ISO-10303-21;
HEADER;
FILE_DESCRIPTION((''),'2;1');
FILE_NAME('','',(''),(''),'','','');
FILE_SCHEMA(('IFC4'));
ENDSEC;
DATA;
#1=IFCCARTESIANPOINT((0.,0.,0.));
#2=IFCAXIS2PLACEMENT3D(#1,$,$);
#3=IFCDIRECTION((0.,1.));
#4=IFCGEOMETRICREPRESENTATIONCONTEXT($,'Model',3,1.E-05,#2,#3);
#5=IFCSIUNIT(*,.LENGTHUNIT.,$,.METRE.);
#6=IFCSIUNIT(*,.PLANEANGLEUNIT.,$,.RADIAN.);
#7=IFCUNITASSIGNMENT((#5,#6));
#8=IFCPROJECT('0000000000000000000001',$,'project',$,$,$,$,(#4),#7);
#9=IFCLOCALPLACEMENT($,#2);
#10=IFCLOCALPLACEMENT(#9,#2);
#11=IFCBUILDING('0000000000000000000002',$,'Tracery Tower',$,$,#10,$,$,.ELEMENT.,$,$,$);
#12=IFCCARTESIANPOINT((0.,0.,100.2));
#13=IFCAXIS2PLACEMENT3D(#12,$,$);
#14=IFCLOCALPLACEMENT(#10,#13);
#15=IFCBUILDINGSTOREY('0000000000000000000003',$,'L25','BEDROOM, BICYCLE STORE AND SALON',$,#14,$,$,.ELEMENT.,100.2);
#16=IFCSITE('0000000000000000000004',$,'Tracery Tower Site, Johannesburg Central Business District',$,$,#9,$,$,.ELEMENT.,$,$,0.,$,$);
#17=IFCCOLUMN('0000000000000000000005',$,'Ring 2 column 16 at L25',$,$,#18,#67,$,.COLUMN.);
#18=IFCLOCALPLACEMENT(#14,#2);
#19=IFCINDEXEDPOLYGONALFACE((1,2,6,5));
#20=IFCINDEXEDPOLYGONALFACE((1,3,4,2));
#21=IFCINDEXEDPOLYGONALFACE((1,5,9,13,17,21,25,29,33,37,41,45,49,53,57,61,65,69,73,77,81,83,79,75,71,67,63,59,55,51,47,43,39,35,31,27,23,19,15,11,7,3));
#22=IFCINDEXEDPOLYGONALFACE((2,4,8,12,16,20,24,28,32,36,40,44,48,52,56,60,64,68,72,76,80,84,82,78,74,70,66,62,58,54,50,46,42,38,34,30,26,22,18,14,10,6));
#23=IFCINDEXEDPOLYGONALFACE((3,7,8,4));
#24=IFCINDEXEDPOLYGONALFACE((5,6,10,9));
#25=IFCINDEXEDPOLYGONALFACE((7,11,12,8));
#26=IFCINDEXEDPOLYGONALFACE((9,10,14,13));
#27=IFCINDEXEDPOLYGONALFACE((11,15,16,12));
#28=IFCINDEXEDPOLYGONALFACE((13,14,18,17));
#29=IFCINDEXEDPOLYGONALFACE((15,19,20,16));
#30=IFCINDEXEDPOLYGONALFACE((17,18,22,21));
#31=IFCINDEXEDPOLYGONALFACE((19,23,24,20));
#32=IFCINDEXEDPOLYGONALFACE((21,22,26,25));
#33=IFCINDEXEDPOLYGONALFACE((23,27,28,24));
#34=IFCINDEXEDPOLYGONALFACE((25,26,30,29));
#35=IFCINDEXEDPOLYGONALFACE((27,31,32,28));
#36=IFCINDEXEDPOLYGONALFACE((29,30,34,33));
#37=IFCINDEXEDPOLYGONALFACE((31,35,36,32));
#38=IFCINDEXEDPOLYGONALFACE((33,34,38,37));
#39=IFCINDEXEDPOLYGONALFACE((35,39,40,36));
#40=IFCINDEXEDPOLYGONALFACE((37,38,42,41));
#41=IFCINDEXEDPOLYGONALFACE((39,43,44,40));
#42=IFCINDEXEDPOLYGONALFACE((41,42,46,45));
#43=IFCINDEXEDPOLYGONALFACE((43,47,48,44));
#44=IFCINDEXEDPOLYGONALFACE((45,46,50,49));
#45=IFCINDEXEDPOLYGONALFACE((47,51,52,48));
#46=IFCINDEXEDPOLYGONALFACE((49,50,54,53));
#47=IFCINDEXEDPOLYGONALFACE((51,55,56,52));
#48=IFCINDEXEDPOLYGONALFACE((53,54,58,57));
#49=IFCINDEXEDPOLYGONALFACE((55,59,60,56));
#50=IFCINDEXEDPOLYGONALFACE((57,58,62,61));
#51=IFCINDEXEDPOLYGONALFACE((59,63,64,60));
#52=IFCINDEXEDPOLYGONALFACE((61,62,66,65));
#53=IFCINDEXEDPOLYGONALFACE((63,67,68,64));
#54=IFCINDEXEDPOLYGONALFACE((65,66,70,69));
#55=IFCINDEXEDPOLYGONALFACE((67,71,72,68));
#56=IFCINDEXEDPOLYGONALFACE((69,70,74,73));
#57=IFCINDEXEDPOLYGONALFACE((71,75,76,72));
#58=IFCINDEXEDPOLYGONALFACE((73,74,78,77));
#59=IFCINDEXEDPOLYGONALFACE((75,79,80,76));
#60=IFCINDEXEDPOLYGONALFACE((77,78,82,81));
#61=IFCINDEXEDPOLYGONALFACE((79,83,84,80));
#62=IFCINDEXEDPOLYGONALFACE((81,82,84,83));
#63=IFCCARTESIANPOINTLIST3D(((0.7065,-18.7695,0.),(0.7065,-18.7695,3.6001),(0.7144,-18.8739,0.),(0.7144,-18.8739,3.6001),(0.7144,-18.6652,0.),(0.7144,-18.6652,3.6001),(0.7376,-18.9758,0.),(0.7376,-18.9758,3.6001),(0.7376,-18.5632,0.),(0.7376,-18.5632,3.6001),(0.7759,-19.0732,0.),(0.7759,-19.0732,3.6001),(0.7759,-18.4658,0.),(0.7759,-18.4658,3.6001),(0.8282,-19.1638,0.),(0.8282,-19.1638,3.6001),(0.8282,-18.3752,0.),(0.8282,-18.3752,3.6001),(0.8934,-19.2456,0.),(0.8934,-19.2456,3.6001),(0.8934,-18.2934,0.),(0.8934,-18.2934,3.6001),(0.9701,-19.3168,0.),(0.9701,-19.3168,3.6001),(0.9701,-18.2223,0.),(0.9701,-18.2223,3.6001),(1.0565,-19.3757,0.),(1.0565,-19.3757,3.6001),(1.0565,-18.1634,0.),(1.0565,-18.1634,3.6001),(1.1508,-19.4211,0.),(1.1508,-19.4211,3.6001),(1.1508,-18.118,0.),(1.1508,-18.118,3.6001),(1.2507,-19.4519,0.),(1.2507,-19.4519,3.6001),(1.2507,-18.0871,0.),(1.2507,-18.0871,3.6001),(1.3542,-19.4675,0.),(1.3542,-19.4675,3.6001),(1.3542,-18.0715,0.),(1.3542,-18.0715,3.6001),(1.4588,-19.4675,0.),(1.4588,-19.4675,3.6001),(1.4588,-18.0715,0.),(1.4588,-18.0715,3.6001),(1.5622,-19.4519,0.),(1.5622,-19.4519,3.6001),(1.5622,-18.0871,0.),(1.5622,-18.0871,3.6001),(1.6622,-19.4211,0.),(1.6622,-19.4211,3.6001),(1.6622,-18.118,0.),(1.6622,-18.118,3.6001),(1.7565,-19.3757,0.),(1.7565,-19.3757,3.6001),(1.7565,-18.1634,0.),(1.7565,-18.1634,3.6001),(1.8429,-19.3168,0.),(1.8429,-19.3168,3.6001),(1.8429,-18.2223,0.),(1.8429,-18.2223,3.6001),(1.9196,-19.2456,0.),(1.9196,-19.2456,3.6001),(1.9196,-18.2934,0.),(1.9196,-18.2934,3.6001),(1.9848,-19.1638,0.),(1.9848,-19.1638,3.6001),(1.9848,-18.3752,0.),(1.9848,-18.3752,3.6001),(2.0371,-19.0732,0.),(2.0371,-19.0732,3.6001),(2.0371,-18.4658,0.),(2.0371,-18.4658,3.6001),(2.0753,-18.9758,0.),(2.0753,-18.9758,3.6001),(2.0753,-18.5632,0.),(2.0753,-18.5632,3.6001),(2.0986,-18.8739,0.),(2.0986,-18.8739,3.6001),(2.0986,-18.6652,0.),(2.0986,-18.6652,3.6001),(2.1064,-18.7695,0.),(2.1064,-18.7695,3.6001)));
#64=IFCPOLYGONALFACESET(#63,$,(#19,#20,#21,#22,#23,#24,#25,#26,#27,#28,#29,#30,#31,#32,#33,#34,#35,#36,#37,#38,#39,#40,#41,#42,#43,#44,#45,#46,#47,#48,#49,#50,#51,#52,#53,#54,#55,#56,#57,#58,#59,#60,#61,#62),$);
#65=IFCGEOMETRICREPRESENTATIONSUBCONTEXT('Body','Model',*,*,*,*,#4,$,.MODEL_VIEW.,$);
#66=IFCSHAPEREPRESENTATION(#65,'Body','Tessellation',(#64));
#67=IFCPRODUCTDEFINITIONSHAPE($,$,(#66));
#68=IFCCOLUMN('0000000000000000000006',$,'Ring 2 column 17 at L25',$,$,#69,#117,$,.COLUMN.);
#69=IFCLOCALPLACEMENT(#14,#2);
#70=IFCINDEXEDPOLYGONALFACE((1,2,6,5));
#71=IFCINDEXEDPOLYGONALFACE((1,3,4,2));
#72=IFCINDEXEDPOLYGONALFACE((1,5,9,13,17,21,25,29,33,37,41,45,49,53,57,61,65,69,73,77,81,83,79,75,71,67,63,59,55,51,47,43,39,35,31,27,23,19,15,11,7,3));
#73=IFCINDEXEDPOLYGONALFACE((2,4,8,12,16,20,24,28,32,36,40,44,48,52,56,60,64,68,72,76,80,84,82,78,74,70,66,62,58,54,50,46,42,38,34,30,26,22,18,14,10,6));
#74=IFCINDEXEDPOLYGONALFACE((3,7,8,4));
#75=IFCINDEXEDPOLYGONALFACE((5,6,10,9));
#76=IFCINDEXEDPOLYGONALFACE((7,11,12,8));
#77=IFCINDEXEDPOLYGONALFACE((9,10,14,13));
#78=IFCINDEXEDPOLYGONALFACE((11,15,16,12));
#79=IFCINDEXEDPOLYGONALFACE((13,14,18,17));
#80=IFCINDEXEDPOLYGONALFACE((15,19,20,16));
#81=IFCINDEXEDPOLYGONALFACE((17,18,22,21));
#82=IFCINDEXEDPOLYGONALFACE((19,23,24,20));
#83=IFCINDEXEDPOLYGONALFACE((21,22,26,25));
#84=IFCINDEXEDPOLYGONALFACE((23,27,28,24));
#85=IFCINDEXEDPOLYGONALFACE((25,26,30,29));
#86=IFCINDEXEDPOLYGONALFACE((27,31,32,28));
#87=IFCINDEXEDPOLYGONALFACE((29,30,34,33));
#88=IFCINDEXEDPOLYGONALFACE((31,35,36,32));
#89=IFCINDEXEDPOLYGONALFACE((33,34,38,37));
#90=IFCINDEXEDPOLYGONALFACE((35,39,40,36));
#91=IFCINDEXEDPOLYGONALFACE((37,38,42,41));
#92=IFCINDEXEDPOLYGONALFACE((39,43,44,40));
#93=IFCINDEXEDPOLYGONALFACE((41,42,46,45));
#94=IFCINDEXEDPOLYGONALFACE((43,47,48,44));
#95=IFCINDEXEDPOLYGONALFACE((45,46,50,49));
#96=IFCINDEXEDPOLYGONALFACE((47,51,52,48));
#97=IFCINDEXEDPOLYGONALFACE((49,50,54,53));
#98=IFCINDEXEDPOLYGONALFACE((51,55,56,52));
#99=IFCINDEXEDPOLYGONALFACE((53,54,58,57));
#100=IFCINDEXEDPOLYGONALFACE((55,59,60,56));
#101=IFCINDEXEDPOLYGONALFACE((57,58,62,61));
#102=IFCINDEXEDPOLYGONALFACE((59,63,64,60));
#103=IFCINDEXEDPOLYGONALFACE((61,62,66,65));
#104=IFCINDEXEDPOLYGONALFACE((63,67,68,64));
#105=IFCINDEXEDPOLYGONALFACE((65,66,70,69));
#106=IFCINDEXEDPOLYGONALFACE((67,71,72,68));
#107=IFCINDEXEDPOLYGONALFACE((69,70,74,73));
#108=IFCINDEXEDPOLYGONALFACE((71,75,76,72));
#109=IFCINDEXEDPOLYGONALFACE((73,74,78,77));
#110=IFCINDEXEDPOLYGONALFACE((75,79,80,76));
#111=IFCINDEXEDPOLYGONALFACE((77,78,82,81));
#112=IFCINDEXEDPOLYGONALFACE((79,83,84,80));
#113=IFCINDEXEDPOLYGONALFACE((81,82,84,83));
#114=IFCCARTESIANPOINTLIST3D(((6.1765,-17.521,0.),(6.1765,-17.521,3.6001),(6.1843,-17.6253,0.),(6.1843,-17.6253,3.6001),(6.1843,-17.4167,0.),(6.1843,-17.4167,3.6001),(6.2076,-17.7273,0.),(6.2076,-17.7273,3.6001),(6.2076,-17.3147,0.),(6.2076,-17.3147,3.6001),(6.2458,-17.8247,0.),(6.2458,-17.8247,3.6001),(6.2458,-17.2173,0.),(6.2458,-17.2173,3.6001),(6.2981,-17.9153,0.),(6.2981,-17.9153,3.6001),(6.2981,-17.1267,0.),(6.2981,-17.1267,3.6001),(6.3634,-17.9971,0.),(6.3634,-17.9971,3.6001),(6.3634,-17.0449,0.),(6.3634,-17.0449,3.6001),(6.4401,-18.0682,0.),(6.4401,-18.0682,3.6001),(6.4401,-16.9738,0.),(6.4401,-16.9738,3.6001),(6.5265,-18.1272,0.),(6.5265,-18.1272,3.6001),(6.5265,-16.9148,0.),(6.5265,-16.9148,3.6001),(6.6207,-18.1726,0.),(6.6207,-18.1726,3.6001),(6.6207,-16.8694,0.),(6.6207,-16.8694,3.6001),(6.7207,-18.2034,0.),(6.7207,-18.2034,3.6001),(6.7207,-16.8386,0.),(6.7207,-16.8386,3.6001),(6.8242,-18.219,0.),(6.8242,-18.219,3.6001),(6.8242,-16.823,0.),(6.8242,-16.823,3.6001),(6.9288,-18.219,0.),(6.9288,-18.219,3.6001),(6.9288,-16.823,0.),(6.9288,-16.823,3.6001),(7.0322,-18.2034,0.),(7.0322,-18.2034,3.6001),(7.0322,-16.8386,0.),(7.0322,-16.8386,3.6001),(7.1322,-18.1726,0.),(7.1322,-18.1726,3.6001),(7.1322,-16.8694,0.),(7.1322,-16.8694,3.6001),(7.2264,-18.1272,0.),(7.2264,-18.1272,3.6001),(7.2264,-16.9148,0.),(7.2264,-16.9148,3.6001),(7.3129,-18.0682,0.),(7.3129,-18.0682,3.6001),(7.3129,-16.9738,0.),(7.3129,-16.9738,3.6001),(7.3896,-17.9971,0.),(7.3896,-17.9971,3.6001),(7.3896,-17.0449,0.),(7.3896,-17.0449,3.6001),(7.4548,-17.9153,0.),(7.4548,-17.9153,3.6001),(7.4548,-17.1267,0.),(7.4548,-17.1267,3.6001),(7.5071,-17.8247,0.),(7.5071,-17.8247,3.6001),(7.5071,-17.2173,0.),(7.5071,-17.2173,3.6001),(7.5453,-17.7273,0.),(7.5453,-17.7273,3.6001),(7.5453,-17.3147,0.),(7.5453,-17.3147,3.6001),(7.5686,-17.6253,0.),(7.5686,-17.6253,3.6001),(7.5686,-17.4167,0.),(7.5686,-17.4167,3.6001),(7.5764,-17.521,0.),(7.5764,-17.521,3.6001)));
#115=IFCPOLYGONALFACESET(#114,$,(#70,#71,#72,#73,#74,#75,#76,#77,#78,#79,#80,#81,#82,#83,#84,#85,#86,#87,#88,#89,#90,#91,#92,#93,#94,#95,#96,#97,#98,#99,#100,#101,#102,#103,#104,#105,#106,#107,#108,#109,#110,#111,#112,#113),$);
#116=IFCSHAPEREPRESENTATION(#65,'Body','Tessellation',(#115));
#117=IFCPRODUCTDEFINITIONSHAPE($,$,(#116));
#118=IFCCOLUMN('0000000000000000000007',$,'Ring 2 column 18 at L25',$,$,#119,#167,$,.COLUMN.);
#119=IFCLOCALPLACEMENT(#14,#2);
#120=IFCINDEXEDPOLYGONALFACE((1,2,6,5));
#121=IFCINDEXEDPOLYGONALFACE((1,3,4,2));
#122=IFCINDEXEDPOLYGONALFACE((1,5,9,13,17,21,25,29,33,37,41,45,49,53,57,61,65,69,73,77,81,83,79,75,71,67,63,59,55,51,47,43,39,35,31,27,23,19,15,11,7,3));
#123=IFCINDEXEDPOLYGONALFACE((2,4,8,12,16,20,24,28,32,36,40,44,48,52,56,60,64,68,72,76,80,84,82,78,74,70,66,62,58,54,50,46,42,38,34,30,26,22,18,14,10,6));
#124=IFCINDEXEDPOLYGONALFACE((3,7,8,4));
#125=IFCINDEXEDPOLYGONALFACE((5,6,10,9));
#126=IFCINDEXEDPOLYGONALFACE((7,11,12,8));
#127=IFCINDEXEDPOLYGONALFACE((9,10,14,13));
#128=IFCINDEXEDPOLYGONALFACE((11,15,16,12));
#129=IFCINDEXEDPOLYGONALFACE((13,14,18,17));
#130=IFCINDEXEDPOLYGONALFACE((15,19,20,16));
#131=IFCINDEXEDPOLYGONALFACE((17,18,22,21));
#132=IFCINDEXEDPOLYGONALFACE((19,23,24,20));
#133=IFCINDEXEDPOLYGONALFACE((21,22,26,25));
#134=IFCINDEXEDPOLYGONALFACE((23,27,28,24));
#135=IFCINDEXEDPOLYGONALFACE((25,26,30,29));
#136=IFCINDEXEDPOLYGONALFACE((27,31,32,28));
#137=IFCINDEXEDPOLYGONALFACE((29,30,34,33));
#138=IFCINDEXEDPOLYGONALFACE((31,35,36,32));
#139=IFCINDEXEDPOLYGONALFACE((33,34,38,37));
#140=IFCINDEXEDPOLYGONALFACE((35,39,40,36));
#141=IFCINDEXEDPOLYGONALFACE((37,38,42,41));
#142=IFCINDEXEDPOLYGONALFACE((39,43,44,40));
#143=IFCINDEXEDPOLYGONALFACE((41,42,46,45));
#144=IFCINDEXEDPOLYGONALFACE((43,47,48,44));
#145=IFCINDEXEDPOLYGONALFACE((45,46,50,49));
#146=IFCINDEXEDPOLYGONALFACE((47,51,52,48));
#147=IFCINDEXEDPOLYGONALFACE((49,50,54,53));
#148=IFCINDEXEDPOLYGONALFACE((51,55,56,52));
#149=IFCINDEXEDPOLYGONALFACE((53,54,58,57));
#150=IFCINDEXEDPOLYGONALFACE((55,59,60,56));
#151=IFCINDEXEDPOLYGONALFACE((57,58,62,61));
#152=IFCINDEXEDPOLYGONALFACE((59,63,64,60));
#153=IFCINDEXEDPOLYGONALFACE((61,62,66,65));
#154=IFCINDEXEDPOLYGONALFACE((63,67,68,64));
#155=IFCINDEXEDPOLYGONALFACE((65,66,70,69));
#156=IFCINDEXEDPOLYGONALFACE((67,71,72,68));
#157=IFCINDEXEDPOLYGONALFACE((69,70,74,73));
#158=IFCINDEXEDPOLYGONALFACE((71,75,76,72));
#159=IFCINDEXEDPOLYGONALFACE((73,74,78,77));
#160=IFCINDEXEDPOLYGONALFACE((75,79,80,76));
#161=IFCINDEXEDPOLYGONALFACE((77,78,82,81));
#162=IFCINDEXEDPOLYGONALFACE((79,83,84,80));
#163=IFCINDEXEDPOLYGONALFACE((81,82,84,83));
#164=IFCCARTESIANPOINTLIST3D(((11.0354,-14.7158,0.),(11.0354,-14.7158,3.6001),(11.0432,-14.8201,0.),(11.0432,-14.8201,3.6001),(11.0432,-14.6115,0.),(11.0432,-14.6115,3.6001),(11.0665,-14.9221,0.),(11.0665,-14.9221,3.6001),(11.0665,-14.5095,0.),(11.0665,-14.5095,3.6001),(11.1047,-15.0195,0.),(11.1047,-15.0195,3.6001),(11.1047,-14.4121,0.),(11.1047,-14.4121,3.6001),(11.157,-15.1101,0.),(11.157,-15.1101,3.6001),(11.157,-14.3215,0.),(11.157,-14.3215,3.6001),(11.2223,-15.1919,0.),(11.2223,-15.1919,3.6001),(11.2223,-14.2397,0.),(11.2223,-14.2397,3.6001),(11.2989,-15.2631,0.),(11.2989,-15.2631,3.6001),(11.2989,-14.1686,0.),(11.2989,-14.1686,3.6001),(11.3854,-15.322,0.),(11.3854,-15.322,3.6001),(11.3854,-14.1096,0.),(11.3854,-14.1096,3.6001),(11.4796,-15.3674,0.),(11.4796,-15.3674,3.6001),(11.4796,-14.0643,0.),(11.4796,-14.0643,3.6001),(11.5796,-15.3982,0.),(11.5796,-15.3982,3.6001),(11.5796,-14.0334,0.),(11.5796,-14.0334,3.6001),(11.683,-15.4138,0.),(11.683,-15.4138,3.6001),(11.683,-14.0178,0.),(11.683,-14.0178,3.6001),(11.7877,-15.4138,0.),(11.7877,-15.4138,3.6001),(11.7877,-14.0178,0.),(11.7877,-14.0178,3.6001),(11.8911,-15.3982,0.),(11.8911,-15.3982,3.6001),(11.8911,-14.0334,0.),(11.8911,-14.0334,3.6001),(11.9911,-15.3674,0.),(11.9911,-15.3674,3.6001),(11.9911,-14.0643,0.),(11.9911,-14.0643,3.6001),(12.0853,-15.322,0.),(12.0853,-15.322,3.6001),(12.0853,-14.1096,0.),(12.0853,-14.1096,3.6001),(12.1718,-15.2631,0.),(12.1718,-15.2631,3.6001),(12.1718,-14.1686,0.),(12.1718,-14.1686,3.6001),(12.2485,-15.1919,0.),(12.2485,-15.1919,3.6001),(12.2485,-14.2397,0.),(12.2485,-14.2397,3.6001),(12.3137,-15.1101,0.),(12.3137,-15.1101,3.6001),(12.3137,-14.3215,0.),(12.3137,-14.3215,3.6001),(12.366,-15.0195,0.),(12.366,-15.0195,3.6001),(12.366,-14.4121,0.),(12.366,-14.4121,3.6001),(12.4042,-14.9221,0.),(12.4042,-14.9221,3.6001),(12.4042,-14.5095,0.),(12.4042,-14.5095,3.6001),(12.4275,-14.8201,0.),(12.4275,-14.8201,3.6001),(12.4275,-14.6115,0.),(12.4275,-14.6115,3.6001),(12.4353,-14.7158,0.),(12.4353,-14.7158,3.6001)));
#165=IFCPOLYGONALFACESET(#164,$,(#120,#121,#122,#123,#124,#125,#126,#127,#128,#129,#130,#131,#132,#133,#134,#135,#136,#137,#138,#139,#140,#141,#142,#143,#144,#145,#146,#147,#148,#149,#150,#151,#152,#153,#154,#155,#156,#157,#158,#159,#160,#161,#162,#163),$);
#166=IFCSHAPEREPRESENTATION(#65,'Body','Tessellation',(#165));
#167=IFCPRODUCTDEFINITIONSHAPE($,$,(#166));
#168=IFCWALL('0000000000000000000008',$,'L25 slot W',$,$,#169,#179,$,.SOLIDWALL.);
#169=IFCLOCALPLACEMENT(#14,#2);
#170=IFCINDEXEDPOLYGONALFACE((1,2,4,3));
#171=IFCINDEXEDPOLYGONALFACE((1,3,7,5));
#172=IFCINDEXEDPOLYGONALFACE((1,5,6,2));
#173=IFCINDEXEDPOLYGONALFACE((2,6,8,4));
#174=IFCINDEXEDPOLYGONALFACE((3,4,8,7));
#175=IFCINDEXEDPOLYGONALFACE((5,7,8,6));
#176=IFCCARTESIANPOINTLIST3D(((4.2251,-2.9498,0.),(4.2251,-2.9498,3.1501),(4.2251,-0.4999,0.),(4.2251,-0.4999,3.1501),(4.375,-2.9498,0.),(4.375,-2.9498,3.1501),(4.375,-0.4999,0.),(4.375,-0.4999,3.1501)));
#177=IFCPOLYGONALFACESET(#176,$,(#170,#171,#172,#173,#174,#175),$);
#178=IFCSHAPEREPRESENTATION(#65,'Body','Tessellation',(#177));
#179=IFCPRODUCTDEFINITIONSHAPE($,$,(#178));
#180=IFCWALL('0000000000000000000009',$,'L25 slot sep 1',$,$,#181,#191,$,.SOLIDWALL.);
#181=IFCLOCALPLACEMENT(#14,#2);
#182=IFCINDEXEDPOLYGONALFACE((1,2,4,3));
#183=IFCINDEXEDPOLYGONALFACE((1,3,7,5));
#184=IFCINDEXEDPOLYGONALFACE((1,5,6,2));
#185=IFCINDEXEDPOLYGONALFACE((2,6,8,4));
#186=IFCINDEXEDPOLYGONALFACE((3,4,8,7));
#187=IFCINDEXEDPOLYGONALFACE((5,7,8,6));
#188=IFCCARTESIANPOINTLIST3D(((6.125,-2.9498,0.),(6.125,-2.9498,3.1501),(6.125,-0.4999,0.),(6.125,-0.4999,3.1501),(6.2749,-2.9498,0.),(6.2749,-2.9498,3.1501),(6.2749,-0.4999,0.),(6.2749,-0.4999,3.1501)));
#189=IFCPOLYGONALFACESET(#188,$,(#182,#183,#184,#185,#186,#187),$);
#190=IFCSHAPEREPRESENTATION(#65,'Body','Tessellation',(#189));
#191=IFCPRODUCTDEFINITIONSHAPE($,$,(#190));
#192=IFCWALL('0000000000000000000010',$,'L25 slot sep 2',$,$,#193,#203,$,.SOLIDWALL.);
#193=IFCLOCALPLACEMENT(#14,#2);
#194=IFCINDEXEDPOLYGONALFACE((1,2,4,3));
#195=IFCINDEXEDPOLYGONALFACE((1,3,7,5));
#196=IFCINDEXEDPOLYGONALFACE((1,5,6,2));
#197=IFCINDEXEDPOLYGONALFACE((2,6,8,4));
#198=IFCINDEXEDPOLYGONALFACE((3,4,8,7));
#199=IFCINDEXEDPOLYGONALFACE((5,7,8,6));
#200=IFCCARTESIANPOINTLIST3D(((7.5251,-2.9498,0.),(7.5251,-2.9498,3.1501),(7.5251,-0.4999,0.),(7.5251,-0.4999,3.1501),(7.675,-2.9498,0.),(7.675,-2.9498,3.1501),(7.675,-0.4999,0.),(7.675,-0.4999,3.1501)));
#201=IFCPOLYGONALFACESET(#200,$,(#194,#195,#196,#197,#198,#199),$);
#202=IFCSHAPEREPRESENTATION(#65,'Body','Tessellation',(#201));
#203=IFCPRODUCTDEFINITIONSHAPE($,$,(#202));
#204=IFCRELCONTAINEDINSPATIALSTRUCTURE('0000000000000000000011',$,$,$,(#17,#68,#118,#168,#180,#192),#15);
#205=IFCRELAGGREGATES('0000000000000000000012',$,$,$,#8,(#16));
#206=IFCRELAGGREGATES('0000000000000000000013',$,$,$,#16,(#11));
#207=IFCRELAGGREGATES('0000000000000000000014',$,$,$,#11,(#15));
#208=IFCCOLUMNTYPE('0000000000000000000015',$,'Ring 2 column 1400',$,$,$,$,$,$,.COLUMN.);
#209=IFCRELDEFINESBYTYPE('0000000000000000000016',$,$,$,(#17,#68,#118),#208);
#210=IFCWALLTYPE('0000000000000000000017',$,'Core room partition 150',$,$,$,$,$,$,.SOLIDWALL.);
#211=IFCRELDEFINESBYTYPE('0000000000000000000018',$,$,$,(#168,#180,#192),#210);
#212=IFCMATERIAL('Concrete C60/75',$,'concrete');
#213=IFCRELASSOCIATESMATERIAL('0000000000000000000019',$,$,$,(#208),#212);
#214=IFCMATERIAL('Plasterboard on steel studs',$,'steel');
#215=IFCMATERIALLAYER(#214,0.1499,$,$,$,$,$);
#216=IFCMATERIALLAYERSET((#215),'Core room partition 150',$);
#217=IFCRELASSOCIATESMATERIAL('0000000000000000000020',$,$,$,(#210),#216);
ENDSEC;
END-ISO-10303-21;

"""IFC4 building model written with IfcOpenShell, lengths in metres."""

from ifc_helpers import new_model, si_unit, direction, frame, frame_2d, origin, origin_2d, place, context, subcontext, project, spatial, rectangle, circle, extrude, material, layer, layer_set, material_profile, profile_set, type_object, element, save


model = new_model("IFC4")

# Units and contexts
model_context = context("Model", 3, precision=1e-05, world=origin(), true_north=direction((0.0, 1.0)))
body_context = subcontext(model_context, "Body", "Model", "MODEL_VIEW")
ifc_project = project(units=[si_unit("LENGTHUNIT", "METRE"), si_unit("PLANEANGLEUNIT", "RADIAN")], contexts=[model_context])

# Site, building, storey
site_placement = place(None, origin())
site = spatial("IfcSite", under=ifc_project, at=site_placement, Name="Tracery Tower Site, Johannesburg Central Business District", CompositionType="ELEMENT", RefElevation=0.0)
building_placement = place(site_placement, origin())
building = spatial("IfcBuilding", under=site, at=building_placement, Name="Tracery Tower", CompositionType="ELEMENT")
storey_placement = place(building_placement, frame((0.0, 0.0, 100.2)))
storey = spatial("IfcBuildingStorey", under=building, at=storey_placement, Name="L25", Description="BEDROOM, BICYCLE STORE AND SALON", CompositionType="ELEMENT", Elevation=100.2)

# Columns
ifc_material_1 = material(Name="Concrete C60/75", Category="concrete")
ifc_material_profile = material_profile(ifc_material_1, circle(Radius=0.7, at=origin_2d()), Name="RC D1400")
ifc_profile_set = profile_set([ifc_material_profile], Name="Concrete C60/75")
column_type = type_object("IfcColumnType", Name="Ring 2 column 1400", PredefinedType="COLUMN", material=ifc_profile_set)
for number, where, z_axis, x_axis, name in (
    (1, (1.4065, -18.7695, 0.0), (0.0, 0.0, 1.0), (1.0, 0.0, 0.0), "Ring 2 column 16 at L25"),
    (2, (6.8765, -17.521, 0.0), (0.0, 0.0, 1.0), (1.0, 0.0, 0.0), "Ring 2 column 17 at L25"),
    (3, (11.7354, -14.7158, 0.0), (0.0, 0.0, 1.0), (1.0, 0.0, 0.0), "Ring 2 column 18 at L25"),
):
    element("IfcColumn", number, at=place(storey_placement, frame(where, z_axis=z_axis, x_axis=x_axis)), inside=storey, type_object=column_type, Name=name, PredefinedType="COLUMN", context=body_context, shape_type="SweptSolid", body=[
        extrude(circle(Radius=0.7, at=origin_2d()), origin(), (0.0, 0.0, 1.0), 3.6001),
    ])

# Walls
ifc_material_2 = material(Name="Plasterboard on steel studs", Category="steel")
ifc_layer_1 = layer(ifc_material_2, 0.1499)
ifc_layer_set_1 = layer_set([ifc_layer_1], Name="Core room partition 150")
wall_type_1 = type_object("IfcWallType", Name="Core room partition 150", PredefinedType="SOLIDWALL", material=ifc_layer_set_1)
for number, where, z_axis, x_axis, name in (
    (4, (4.3, -2.95, 0.0), (0.0, 0.0, 1.0), (0.0, 1.0, 0.0), "L25 slot W"),
    (5, (6.2, -2.95, 0.0), (0.0, 0.0, 1.0), (0.0, 1.0, 0.0), "L25 slot sep 1"),
    (6, (7.6001, -2.95, 0.0), (0.0, 0.0, 1.0), (0.0, 1.0, 0.0), "L25 slot sep 2"),
):
    element("IfcWall", number, at=place(storey_placement, frame(where, z_axis=z_axis, x_axis=x_axis)), inside=storey, type_object=wall_type_1, Name=name, PredefinedType="SOLIDWALL", context=body_context, shape_type="SweptSolid", body=[
        extrude(rectangle(XDim=2.45, YDim=0.1499, at=frame_2d((1.2251, 0.0))), origin(), (0.0, 0.0, 1.0), 3.1501),
    ])

save(model, "model.ifc")
